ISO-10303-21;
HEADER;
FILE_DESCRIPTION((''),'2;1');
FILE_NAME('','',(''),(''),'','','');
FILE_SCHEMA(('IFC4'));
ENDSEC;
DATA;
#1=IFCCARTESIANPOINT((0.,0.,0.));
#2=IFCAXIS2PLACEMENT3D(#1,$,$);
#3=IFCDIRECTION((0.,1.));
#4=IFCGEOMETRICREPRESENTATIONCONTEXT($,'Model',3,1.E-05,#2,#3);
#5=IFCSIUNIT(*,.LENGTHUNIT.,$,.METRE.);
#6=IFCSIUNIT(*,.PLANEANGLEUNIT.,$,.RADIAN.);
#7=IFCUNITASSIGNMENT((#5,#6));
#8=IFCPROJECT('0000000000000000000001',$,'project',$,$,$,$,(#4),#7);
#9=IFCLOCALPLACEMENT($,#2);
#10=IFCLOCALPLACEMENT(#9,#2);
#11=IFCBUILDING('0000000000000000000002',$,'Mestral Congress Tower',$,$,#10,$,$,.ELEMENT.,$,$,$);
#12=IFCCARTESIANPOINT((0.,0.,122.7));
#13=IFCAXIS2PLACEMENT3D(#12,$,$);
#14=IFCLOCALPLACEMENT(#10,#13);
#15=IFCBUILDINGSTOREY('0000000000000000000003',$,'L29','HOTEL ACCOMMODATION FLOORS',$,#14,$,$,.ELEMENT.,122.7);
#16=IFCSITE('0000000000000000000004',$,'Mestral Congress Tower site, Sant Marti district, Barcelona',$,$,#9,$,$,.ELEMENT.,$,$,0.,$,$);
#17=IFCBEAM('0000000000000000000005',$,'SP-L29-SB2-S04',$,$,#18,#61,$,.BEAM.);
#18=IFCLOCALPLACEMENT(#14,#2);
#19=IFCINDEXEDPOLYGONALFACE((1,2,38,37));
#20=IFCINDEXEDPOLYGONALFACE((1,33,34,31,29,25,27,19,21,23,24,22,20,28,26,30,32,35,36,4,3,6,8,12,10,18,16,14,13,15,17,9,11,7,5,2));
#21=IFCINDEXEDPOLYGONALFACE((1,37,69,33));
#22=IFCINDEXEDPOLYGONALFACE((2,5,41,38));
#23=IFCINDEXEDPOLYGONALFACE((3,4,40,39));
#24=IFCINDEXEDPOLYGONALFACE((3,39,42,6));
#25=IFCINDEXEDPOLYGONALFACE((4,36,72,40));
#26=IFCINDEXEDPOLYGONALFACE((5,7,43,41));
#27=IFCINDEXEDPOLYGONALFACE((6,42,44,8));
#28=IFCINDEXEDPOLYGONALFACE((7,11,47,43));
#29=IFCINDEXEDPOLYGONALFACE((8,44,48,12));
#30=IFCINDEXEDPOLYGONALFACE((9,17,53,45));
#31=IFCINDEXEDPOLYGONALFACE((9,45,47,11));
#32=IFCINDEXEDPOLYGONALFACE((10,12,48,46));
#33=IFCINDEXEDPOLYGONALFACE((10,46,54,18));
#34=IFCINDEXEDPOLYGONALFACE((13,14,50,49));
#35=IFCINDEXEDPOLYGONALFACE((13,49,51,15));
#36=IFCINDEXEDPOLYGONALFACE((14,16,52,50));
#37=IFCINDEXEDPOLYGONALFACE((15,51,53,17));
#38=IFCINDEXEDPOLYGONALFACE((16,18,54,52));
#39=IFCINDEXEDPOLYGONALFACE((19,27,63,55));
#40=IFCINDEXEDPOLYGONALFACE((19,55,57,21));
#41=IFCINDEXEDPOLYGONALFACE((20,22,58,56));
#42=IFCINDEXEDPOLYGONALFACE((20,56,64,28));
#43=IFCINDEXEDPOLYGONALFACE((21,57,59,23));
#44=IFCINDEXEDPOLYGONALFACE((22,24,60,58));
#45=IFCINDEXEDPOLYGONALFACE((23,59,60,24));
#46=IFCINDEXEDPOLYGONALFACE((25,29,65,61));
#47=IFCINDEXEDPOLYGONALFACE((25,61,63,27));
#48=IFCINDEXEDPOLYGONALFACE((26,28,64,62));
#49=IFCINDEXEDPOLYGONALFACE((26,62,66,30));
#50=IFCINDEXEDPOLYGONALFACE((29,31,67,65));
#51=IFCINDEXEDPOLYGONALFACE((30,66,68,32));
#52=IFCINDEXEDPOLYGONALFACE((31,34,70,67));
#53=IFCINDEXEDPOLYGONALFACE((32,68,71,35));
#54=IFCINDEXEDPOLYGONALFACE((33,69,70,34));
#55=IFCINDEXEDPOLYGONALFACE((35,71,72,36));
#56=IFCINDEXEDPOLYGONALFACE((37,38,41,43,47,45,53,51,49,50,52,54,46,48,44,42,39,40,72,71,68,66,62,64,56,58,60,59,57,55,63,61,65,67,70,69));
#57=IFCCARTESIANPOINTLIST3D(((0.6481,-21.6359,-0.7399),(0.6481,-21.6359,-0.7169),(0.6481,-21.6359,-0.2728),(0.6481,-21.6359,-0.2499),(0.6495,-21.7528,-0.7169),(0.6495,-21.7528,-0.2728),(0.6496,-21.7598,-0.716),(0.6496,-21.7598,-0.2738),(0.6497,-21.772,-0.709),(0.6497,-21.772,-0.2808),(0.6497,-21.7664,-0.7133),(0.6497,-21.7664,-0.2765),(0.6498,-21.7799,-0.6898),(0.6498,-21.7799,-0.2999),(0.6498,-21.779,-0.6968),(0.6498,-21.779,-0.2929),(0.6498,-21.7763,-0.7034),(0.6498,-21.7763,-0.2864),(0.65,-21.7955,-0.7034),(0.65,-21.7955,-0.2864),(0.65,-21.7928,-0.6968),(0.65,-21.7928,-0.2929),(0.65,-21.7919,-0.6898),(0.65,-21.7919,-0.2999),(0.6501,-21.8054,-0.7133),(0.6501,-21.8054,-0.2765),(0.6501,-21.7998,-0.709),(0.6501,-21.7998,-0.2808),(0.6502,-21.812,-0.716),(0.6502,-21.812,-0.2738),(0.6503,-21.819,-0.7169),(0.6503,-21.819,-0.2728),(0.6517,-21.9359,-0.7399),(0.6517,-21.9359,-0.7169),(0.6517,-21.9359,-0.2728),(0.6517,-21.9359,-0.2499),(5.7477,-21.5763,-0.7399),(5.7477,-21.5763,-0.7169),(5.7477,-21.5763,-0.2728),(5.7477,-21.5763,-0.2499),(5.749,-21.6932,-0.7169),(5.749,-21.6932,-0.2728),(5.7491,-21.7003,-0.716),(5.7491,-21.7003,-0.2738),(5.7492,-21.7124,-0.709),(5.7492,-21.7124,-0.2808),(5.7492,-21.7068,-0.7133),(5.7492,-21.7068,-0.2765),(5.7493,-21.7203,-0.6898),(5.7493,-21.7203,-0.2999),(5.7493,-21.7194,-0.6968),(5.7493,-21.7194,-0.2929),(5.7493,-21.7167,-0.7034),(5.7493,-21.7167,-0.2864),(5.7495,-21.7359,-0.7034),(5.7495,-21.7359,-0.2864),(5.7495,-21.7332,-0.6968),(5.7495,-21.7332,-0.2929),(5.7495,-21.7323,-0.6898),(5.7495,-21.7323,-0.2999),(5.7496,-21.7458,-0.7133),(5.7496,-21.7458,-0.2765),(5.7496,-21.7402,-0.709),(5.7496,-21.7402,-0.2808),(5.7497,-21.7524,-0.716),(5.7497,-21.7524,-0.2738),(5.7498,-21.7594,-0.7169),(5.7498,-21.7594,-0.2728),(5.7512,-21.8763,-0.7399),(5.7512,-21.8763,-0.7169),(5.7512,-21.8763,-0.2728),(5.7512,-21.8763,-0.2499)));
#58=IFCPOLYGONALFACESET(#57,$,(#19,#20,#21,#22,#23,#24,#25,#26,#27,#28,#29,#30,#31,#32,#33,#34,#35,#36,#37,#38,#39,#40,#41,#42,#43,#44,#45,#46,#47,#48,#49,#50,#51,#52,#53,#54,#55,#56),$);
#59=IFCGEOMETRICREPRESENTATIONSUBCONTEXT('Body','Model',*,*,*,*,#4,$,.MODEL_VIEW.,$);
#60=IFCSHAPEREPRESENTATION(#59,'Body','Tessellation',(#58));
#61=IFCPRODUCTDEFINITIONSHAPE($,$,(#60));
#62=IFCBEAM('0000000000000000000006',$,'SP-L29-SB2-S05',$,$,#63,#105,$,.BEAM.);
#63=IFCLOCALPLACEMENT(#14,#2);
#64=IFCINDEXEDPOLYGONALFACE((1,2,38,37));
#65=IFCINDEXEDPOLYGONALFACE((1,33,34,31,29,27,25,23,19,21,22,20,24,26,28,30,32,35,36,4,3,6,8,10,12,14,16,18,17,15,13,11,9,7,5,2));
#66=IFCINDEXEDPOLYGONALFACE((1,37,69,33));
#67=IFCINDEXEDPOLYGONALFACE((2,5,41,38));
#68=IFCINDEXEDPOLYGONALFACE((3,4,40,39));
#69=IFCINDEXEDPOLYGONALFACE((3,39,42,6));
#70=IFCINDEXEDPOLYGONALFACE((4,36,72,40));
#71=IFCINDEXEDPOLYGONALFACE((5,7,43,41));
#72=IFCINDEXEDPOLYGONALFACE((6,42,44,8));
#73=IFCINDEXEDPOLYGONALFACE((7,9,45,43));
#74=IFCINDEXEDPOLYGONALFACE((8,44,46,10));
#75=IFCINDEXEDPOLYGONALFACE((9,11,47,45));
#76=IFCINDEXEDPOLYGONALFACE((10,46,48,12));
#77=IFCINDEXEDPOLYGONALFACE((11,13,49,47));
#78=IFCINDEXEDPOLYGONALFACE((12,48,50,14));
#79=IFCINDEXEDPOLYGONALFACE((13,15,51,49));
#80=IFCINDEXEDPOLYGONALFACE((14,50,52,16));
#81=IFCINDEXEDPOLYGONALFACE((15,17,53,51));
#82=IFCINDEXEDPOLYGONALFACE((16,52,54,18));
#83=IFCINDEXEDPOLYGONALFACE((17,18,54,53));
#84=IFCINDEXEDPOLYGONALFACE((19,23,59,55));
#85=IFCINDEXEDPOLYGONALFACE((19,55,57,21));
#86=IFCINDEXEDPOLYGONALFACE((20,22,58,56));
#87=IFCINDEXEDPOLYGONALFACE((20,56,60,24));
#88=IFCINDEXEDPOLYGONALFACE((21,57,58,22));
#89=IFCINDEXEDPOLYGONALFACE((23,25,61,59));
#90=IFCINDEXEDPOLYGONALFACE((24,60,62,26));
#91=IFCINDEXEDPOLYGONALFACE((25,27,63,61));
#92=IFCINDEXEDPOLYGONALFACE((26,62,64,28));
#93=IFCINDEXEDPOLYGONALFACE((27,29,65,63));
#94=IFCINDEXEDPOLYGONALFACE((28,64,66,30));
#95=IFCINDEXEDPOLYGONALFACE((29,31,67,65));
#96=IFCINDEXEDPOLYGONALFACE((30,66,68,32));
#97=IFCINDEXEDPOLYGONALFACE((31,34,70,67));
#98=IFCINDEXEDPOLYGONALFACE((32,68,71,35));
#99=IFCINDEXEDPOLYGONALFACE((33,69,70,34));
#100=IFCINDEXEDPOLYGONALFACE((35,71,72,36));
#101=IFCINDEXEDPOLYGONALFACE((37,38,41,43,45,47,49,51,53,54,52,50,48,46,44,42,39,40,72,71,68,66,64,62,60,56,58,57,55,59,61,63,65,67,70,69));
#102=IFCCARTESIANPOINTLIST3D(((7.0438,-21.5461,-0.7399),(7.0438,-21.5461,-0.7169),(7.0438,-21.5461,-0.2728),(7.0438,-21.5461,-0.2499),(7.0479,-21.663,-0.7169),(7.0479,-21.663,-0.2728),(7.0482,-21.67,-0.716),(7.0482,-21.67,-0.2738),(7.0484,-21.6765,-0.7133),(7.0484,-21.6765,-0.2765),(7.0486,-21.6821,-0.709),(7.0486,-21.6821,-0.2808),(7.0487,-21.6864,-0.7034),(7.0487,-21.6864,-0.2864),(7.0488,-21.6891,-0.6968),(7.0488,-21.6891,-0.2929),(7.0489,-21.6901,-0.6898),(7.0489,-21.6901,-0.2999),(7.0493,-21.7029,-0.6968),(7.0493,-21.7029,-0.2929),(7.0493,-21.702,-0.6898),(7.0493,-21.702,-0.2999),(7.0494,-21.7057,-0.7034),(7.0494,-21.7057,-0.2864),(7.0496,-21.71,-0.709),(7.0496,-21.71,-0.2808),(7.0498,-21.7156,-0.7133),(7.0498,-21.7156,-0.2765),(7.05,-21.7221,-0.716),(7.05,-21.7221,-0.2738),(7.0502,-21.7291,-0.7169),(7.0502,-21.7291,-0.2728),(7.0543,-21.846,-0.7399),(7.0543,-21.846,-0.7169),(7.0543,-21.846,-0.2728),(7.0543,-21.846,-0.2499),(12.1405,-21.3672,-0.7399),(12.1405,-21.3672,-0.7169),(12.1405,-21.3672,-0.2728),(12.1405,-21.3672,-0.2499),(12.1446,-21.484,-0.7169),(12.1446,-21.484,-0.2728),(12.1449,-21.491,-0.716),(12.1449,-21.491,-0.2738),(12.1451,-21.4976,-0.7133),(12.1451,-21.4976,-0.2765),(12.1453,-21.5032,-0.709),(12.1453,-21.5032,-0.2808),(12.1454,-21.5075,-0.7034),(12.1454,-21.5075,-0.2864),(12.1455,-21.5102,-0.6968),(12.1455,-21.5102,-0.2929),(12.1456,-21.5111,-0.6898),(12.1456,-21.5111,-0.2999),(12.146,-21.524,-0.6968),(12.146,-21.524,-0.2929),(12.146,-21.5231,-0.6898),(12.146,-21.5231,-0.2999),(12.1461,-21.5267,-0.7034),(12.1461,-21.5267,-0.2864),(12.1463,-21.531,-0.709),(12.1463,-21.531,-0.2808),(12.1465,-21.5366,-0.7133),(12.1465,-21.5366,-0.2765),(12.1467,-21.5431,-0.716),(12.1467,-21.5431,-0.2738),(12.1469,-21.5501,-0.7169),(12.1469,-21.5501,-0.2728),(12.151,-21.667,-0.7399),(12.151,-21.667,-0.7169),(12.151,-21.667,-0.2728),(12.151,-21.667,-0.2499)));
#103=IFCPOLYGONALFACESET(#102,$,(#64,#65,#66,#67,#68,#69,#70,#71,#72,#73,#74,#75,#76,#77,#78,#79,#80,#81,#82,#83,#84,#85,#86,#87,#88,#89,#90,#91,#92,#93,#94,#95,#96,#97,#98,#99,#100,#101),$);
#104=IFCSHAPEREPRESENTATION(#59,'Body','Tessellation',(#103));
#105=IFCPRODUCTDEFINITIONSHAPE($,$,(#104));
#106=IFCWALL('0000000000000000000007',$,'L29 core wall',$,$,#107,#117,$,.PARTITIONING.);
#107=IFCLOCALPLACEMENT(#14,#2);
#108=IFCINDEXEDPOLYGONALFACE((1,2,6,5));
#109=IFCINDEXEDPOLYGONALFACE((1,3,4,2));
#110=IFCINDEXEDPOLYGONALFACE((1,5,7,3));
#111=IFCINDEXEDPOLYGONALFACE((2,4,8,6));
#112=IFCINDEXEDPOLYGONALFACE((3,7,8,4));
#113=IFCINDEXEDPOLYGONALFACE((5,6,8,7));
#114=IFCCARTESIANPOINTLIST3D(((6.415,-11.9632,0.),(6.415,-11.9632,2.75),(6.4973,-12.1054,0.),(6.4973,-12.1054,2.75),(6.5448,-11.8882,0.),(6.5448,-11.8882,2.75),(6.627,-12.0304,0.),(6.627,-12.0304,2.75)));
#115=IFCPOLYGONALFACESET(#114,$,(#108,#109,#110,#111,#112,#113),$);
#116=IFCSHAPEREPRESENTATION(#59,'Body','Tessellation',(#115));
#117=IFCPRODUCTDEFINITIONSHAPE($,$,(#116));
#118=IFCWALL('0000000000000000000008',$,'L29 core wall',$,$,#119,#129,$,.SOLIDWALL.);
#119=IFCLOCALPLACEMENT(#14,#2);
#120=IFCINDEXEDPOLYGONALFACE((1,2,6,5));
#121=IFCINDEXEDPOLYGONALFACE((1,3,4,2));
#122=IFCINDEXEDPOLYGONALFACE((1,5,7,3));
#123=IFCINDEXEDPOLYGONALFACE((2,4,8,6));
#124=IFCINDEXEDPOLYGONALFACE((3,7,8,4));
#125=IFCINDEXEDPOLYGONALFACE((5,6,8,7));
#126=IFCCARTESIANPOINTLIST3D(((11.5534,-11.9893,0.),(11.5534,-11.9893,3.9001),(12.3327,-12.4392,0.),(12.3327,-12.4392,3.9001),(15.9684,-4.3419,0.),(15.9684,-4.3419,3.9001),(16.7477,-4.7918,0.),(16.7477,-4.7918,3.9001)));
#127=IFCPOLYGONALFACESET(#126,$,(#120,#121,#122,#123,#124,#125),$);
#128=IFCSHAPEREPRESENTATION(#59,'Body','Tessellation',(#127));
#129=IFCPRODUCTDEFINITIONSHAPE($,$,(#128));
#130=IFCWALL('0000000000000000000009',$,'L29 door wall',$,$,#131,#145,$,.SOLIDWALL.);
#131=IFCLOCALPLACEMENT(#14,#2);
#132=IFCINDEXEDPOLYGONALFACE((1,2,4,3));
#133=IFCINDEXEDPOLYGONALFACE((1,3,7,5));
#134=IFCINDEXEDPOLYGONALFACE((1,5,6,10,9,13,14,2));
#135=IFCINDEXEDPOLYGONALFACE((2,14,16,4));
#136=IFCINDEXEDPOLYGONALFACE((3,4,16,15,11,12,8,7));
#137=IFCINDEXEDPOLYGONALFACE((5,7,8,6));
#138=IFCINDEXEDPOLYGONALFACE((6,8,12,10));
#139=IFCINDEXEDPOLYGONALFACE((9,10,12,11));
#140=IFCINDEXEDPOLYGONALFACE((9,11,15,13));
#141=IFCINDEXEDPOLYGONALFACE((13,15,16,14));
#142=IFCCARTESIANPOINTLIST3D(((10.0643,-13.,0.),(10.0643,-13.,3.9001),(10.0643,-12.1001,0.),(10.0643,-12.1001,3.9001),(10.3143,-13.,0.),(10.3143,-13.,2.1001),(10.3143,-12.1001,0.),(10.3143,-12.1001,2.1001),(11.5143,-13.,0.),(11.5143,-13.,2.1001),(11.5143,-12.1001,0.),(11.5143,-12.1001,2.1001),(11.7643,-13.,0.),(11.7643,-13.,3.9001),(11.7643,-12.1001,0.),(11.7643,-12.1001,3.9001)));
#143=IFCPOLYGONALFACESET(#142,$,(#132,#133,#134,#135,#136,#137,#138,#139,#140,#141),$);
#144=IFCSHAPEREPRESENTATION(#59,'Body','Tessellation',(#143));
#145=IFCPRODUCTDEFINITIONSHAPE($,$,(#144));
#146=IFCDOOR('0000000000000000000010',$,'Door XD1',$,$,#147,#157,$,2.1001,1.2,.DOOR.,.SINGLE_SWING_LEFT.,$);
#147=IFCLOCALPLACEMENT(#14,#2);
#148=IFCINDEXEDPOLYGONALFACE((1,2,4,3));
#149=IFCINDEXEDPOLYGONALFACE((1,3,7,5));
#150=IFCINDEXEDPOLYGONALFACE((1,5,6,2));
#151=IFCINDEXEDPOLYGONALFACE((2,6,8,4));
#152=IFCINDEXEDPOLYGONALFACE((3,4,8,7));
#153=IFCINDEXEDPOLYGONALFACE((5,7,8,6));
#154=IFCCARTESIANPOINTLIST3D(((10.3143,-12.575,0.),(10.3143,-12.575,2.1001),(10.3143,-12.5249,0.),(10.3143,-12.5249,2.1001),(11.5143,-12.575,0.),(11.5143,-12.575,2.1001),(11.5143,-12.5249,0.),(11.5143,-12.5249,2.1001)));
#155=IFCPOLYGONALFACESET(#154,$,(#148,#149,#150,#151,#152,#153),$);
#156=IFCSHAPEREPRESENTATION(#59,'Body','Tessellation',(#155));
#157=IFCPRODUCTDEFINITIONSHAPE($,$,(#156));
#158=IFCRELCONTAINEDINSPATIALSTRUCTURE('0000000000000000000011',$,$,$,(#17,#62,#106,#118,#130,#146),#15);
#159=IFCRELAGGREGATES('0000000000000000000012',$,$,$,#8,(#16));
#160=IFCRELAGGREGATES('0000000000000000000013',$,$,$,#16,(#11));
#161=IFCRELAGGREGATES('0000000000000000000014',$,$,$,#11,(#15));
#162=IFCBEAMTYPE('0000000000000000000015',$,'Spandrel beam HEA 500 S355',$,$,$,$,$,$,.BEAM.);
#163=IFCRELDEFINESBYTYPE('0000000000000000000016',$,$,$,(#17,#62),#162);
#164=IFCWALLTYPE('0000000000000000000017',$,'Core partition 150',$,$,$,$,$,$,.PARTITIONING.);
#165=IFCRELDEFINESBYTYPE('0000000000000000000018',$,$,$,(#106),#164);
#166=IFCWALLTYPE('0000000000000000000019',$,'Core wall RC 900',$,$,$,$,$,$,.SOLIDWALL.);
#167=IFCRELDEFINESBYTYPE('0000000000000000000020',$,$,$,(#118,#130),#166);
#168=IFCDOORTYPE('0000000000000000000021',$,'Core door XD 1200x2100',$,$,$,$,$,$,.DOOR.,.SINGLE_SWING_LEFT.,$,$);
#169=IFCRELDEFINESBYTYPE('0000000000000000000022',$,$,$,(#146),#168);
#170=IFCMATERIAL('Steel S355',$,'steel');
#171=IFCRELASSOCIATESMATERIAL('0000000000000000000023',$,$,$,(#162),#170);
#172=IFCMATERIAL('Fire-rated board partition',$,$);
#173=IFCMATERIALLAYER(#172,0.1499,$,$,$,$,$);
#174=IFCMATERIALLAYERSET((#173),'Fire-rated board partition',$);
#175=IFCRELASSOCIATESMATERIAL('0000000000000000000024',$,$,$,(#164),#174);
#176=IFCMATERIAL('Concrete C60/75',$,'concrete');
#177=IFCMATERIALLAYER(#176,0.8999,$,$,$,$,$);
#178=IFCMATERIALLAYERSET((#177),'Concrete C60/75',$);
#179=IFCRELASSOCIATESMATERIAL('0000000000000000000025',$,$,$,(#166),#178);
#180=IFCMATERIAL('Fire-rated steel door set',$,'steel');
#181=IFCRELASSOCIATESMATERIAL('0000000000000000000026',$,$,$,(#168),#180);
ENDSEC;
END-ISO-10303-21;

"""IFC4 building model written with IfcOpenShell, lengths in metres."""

from ifc_helpers import new_model, si_unit, direction, frame, frame_2d, origin, origin_2d, place, context, subcontext, project, spatial, rectangle, i_section, extrude, material, layer, layer_set, material_profile, profile_set, type_object, element, fill, save


model = new_model("IFC4")

# Units and contexts
model_context = context("Model", 3, precision=1e-05, world=origin(), true_north=direction((0.0, 1.0)))
body_context = subcontext(model_context, "Body", "Model", "MODEL_VIEW")
ifc_project = project(units=[si_unit("LENGTHUNIT", "METRE"), si_unit("PLANEANGLEUNIT", "RADIAN")], contexts=[model_context])

# Site, building, storey
site_placement = place(None, origin())
site = spatial("IfcSite", under=ifc_project, at=site_placement, Name="Mestral Congress Tower site, Sant Marti district, Barcelona", CompositionType="ELEMENT", RefElevation=0.0)
building_placement = place(site_placement, origin())
building = spatial("IfcBuilding", under=site, at=building_placement, Name="Mestral Congress Tower", CompositionType="ELEMENT")
storey_placement = place(building_placement, frame((0.0, 0.0, 122.7)))
storey = spatial("IfcBuildingStorey", under=building, at=storey_placement, Name="L29", Description="HOTEL ACCOMMODATION FLOORS", CompositionType="ELEMENT", Elevation=122.7)

# Beams
ifc_material_1 = material(Name="Steel S355", Category="steel")
ifc_material_profile_1 = material_profile(ifc_material_1, i_section(OverallWidth=0.3, OverallDepth=0.49, WebThickness=0.012, FlangeThickness=0.0229, FilletRadius=0.0271, at=origin_2d()), Name="HEA 500")
ifc_profile_set_1 = profile_set([ifc_material_profile_1], Name="Steel S355")
beam_type_1 = type_object("IfcBeamType", Name="Spandrel beam HEA 500 S355", PredefinedType="BEAM", material=ifc_profile_set_1)
for number, where, z_axis, x_axis, name in (
    (1, (0.6499, -21.7859, -0.4949), (0.999932, 0.011681, 0.0), (-0.011681, 0.999932, 0.0), "SP-L29-SB2-S04"),
    (2, (7.0491, -21.696, -0.4949), (0.999384, 0.03509, 0.0), (-0.03509, 0.999384, 0.0), "SP-L29-SB2-S05"),
):
    element("IfcBeam", number, at=place(storey_placement, frame(where, z_axis=z_axis, x_axis=x_axis)), inside=storey, type_object=beam_type_1, Name=name, PredefinedType="BEAM", context=body_context, shape_type="SweptSolid", body=[
        extrude(i_section(OverallWidth=0.3, OverallDepth=0.49, WebThickness=0.012, FlangeThickness=0.0229, FilletRadius=0.0271, at=origin_2d()), origin(), (0.0, 0.0, 1.0), 5.0999),
    ])

# Walls
ifc_material_2 = material(Name="Fire-rated board partition")
ifc_layer_1 = layer(ifc_material_2, 0.1499)
ifc_layer_set_1 = layer_set([ifc_layer_1], Name="Fire-rated board partition")
wall_type_1 = type_object("IfcWallType", Name="Core partition 150", PredefinedType="PARTITIONING", material=ifc_layer_set_1)
wall_1_placement = place(storey_placement, frame((6.48, -11.9258, 0.0), z_axis=(0.0, 0.0, 1.0), x_axis=(0.500451, -0.865765, 0.0)))
element("IfcWall", 3, at=wall_1_placement, inside=storey, type_object=wall_type_1, Name="L29 core wall", PredefinedType="PARTITIONING", context=body_context, shape_type="SweptSolid", body=[
    extrude(rectangle(XDim=0.1643, YDim=0.1499, at=frame_2d((0.082, 0.0))), origin(), (0.0, 0.0, 1.0), 2.75),
])
ifc_material_3 = material(Name="Concrete C60/75", Category="concrete")
ifc_layer_2 = layer(ifc_material_3, 0.8999)
ifc_layer_set_2 = layer_set([ifc_layer_2], Name="Concrete C60/75")
wall_type_2 = type_object("IfcWallType", Name="Core wall RC 900", PredefinedType="SOLIDWALL", material=ifc_layer_set_2)
wall_2_placement = place(storey_placement, frame((11.9431, -12.2141, 0.0), z_axis=(0.0, 0.0, 1.0), x_axis=(0.499981, 0.866036, 0.0)))
element("IfcWall", 4, at=wall_2_placement, inside=storey, type_object=wall_type_2, Name="L29 core wall", PredefinedType="SOLIDWALL", context=body_context, shape_type="SweptSolid", body=[
    extrude(rectangle(XDim=8.8303, YDim=0.8999, at=frame_2d((4.415, 0.0))), origin(), (0.0, 0.0, 1.0), 3.9001),
])

# Wall, opening, door
wall_3_placement = place(storey_placement, frame((11.7644, -12.55, 0.0), z_axis=(0.0, 0.0, 1.0), x_axis=(-1.0, 0.0, 0.0)))
wall_3 = element("IfcWall", 5, at=wall_3_placement, inside=storey, type_object=wall_type_2, Name="L29 door wall", PredefinedType="SOLIDWALL", context=body_context, shape_type="SweptSolid", body=[
    extrude(rectangle(XDim=1.7, YDim=0.8999, at=frame_2d((0.8501, 0.0))), origin(), (0.0, 0.0, 1.0), 3.9001),
])
opening_1_placement = place(wall_3_placement, frame((0.25, 0.0, 0.0)))
opening_1 = element("IfcOpeningElement", 6, at=opening_1_placement, cuts=wall_3, PredefinedType="OPENING", context=body_context, shape_type="SweptSolid", body=[
    extrude(rectangle(XDim=1.2, YDim=2.1001, at=frame_2d((0.6001, 1.05))), frame((0.0, 0.46, 0.0), z_axis=(0.0, -1.0, 0.0), x_axis=(1.0, 0.0, 0.0)), (0.0, 0.0, 1.0), 0.9199),
])
ifc_material_4 = material(Name="Fire-rated steel door set", Category="steel")
door_type_1 = type_object("IfcDoorType", Name="Core door XD 1200x2100", OperationType="SINGLE_SWING_LEFT", PredefinedType="DOOR", material=ifc_material_4)
door_1_placement = place(opening_1_placement, origin())
door_1 = element("IfcDoor", 7, at=door_1_placement, inside=storey, type_object=door_type_1, Name="Door XD1", OperationType="SINGLE_SWING_LEFT", OverallHeight=2.1001, OverallWidth=1.2, PredefinedType="DOOR", context=body_context, shape_type="SweptSolid", body=[
    extrude(rectangle(XDim=1.2, YDim=2.1001, at=frame_2d((0.6001, 1.05))), frame((0.0, 0.0249, 0.0), z_axis=(0.0, -1.0, 0.0), x_axis=(1.0, 0.0, 0.0)), (0.0, 0.0, 1.0), 0.05),
])
fill(opening_1, door_1)

save(model, "model.ifc")
